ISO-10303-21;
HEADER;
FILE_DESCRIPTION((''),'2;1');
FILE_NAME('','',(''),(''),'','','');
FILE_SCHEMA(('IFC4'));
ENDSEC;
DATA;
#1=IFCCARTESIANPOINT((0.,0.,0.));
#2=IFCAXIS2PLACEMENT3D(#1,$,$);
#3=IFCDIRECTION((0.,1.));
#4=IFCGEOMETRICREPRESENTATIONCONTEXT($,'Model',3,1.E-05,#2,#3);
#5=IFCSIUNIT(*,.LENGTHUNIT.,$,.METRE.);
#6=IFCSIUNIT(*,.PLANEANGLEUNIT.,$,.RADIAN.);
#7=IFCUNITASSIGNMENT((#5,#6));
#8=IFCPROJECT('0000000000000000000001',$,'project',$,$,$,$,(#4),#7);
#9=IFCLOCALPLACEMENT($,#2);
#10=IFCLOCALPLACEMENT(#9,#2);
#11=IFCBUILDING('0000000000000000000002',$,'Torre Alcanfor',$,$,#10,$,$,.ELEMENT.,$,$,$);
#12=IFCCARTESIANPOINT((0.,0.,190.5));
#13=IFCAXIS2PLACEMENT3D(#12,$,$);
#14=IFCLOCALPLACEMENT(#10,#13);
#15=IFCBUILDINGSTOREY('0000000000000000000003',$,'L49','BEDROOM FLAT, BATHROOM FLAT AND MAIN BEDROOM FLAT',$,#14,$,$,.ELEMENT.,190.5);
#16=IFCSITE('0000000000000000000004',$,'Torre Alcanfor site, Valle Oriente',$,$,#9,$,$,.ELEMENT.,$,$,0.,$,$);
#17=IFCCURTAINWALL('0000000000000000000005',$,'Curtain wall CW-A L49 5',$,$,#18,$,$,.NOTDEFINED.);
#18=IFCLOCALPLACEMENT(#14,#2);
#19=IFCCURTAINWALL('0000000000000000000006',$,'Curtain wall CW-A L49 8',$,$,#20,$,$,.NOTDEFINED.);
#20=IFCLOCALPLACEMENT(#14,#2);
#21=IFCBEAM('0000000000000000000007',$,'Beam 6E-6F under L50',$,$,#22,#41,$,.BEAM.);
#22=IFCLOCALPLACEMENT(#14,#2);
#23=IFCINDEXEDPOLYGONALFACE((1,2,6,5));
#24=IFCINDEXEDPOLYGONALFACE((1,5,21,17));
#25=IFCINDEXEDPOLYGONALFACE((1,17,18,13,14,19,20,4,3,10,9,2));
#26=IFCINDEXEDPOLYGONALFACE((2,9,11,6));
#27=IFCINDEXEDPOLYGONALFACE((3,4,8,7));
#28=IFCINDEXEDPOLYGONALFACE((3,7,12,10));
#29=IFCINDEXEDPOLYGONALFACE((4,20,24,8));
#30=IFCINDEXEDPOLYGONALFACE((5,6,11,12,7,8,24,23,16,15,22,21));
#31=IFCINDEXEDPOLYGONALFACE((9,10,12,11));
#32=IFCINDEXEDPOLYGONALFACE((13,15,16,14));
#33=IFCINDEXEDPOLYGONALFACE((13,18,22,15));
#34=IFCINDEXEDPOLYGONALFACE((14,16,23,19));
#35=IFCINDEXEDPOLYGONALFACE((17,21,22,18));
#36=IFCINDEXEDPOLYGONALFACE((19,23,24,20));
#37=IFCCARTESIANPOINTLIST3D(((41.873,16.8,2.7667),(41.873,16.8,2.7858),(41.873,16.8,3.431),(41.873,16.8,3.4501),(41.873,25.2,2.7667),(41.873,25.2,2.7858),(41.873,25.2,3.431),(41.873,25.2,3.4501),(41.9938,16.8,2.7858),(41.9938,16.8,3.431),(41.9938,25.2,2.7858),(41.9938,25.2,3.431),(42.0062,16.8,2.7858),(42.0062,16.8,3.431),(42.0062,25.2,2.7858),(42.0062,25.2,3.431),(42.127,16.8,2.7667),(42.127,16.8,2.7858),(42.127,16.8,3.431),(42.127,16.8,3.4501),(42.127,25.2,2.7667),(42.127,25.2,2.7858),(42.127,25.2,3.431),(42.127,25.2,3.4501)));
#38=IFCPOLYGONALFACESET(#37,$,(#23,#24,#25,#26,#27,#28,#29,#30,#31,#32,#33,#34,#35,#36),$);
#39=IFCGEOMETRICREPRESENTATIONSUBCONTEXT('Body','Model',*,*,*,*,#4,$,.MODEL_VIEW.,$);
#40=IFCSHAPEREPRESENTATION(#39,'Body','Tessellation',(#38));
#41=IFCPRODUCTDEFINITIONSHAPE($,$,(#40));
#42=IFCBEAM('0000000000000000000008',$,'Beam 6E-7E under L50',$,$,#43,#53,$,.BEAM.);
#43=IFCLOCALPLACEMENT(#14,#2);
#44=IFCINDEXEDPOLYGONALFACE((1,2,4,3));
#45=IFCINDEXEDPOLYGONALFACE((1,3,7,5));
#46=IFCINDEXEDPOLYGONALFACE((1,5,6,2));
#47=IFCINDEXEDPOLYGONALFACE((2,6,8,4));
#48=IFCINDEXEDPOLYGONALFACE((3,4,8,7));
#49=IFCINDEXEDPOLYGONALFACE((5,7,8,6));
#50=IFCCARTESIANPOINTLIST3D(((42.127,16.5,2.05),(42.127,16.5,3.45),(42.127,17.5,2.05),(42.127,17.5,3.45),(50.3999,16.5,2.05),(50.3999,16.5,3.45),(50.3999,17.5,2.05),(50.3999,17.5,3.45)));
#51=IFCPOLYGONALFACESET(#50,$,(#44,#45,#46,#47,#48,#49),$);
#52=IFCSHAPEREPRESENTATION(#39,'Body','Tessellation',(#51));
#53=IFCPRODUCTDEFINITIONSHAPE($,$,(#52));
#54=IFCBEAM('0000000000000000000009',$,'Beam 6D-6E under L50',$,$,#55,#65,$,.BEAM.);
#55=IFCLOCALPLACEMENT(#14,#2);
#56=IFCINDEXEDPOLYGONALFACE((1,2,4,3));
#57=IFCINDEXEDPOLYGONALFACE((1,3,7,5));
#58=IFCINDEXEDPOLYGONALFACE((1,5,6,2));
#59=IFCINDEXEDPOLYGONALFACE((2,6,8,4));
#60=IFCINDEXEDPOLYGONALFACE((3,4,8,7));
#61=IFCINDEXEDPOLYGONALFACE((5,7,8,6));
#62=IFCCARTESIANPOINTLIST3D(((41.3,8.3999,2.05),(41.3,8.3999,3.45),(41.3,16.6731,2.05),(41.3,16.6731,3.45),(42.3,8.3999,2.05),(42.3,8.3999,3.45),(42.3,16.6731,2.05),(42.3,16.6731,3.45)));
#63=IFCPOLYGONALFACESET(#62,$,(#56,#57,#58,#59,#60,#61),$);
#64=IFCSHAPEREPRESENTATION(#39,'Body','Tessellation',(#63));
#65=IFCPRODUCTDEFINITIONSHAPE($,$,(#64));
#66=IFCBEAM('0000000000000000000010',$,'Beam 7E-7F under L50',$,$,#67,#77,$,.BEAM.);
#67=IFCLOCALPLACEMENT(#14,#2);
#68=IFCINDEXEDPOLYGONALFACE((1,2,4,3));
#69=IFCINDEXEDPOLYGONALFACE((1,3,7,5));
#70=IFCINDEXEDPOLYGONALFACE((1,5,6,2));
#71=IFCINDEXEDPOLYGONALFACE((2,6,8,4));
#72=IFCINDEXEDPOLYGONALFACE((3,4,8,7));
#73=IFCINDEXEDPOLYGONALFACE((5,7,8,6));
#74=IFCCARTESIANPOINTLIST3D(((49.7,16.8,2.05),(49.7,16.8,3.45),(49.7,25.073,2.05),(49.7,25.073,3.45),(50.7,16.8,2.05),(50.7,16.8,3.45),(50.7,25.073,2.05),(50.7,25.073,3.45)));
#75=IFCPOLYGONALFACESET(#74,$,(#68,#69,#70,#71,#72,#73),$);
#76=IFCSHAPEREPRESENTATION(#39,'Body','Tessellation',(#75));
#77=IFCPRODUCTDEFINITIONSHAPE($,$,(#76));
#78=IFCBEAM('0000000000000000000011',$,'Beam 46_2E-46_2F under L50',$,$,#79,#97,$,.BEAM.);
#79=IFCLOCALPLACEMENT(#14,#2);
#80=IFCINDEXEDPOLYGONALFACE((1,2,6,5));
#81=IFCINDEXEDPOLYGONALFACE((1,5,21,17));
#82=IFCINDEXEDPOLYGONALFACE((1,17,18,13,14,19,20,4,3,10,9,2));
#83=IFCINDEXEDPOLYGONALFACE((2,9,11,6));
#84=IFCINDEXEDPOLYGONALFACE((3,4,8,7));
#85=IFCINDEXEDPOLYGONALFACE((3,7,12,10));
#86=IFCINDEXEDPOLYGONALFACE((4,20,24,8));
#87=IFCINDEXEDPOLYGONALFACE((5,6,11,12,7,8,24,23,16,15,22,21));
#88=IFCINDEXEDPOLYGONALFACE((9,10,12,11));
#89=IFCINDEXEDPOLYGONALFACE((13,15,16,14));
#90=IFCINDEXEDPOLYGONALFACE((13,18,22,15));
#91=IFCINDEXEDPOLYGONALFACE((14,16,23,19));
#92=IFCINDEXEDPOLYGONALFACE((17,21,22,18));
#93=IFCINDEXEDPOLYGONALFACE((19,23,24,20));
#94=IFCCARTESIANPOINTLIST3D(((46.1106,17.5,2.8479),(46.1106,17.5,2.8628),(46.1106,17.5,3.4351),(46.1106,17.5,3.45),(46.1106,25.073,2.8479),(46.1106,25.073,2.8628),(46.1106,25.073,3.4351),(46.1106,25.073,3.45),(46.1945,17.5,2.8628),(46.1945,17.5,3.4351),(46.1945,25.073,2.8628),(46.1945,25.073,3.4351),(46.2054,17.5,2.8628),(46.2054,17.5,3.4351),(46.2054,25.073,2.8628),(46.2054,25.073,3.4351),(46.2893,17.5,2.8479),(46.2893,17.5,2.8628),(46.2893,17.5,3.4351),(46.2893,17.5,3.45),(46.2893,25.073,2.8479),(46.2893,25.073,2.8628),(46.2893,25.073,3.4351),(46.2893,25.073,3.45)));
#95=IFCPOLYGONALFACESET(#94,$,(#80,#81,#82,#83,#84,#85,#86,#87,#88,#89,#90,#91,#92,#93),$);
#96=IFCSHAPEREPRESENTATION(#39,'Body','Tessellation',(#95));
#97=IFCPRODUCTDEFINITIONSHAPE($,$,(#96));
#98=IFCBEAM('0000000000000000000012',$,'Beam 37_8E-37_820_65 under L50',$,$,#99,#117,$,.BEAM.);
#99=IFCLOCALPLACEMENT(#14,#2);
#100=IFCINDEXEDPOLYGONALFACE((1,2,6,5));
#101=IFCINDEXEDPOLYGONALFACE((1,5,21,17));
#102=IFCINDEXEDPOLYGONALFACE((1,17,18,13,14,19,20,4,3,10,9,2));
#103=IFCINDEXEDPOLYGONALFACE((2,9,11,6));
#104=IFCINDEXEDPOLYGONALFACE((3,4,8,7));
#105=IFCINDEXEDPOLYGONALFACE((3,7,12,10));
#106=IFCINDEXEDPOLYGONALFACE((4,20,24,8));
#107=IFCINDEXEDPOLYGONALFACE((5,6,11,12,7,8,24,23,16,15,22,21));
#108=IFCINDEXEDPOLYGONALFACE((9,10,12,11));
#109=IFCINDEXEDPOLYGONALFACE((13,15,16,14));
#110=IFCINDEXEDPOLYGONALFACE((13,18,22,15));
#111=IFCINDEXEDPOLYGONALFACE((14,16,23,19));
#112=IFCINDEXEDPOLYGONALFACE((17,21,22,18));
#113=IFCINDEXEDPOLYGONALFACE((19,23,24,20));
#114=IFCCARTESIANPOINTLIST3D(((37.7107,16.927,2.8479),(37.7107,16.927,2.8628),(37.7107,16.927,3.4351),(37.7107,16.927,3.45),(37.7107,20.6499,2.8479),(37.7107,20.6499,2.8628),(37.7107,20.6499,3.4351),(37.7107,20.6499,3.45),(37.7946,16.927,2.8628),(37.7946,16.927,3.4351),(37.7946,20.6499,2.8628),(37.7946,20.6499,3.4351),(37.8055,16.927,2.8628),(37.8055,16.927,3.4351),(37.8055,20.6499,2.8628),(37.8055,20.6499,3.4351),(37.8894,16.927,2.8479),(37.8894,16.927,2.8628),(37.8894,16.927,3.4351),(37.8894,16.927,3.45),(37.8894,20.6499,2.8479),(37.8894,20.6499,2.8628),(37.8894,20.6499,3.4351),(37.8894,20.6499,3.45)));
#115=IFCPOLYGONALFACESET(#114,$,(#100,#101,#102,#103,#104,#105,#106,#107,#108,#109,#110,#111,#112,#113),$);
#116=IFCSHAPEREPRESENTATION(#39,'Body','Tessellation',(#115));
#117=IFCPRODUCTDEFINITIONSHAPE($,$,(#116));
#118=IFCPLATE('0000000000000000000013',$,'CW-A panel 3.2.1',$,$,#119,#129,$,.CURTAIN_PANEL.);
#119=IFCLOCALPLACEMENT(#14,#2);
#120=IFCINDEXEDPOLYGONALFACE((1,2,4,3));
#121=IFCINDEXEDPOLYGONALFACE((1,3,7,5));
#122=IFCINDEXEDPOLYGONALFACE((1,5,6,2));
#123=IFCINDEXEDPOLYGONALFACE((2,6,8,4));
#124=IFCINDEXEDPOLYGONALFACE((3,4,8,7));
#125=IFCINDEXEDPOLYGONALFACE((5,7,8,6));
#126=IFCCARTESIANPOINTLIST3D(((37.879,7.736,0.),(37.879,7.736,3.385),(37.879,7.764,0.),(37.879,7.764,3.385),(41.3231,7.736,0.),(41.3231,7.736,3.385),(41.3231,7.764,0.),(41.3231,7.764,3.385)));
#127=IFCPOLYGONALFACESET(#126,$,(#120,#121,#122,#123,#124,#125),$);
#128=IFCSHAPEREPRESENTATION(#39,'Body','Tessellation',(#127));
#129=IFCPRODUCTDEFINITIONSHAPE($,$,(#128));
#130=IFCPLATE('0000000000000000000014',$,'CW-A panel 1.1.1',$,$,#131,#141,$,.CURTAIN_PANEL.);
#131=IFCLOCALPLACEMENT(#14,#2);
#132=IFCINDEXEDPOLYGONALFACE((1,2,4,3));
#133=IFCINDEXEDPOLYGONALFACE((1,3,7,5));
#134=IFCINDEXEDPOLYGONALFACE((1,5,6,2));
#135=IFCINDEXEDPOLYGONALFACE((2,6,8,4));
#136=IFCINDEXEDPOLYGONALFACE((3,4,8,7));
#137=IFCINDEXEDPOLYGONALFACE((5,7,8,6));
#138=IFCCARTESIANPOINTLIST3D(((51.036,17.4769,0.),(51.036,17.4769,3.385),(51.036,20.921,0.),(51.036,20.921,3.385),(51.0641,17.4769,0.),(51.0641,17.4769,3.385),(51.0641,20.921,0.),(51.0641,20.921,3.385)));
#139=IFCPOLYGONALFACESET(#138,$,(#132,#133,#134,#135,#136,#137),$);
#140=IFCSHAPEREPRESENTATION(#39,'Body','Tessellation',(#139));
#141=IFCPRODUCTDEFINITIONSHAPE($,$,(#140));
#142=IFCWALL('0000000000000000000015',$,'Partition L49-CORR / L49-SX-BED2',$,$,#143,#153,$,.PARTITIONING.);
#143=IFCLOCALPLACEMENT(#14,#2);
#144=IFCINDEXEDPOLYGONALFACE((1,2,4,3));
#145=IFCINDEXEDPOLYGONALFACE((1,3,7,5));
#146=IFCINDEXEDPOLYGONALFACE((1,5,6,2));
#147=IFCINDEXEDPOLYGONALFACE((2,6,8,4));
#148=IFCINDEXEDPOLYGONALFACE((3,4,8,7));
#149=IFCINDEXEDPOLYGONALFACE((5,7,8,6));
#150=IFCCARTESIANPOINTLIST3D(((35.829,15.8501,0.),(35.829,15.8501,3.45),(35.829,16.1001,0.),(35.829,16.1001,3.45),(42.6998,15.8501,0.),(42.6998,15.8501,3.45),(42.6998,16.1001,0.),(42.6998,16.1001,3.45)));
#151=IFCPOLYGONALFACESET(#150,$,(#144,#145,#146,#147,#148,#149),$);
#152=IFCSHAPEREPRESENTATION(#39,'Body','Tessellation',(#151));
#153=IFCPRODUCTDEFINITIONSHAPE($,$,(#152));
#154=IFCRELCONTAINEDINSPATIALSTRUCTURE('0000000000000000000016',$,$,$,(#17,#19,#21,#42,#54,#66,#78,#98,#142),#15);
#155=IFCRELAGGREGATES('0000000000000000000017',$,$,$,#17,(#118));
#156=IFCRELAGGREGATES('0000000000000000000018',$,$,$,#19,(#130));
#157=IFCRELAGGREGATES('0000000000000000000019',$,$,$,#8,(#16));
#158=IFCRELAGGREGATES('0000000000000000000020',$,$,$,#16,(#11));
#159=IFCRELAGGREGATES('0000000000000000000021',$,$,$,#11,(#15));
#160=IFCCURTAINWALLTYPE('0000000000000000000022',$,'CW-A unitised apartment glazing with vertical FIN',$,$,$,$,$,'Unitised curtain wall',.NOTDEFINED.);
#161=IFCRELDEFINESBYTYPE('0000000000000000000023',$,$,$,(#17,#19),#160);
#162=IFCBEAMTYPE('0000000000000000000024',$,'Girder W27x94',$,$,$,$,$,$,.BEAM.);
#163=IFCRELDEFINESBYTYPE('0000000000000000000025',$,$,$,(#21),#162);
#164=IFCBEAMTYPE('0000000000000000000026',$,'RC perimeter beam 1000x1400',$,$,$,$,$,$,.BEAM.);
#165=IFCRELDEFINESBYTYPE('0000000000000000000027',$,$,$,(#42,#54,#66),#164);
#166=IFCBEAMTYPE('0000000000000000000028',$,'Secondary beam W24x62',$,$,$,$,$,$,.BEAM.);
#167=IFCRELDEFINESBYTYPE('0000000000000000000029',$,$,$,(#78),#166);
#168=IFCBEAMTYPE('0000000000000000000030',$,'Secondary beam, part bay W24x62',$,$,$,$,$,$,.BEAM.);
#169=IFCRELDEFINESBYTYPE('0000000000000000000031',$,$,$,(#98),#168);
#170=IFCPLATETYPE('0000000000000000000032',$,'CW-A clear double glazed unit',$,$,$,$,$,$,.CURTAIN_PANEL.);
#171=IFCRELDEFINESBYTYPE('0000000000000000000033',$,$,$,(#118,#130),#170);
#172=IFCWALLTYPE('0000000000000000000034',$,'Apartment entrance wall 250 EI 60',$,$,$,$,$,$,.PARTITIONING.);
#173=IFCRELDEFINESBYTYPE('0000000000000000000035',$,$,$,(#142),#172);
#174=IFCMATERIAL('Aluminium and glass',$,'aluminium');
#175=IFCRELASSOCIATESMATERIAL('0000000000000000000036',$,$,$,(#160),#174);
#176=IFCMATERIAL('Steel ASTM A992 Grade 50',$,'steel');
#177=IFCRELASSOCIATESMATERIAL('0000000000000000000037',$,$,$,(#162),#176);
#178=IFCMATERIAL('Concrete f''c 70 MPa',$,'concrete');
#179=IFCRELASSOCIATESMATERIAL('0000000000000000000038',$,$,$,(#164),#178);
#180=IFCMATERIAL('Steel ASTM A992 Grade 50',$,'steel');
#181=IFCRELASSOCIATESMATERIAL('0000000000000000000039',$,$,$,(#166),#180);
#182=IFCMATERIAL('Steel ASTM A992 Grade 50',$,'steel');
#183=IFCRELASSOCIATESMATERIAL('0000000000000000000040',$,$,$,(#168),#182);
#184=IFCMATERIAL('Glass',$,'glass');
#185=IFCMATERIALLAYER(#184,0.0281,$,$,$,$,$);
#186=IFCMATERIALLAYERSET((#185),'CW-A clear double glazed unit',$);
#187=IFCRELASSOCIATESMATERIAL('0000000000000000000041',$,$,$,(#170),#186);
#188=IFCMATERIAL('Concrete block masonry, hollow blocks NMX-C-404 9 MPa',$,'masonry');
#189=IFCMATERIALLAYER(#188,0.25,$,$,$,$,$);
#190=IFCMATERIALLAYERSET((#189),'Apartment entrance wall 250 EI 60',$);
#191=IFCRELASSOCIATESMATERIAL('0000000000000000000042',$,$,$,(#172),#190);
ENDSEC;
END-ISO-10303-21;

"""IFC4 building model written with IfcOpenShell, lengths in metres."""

from ifc_helpers import new_model, si_unit, direction, frame, frame_2d, origin, origin_2d, place, context, subcontext, project, spatial, rectangle, i_section, extrude, material, layer, layer_set, material_profile, profile_set, type_object, element, aggregate, save


model = new_model("IFC4")

# Units and contexts
model_context = context("Model", 3, precision=1e-05, world=origin(), true_north=direction((0.0, 1.0)))
body_context = subcontext(model_context, "Body", "Model", "MODEL_VIEW")
ifc_project = project(units=[si_unit("LENGTHUNIT", "METRE"), si_unit("PLANEANGLEUNIT", "RADIAN")], contexts=[model_context])

# Site, building, storey
site_placement = place(None, origin())
site = spatial("IfcSite", under=ifc_project, at=site_placement, Name="Torre Alcanfor site, Valle Oriente", CompositionType="ELEMENT", RefElevation=0.0)
building_placement = place(site_placement, origin())
building = spatial("IfcBuilding", under=site, at=building_placement, Name="Torre Alcanfor", CompositionType="ELEMENT")
storey_placement = place(building_placement, frame((0.0, 0.0, 190.5)))
storey = spatial("IfcBuildingStorey", under=building, at=storey_placement, Name="L49", Description="BEDROOM FLAT, BATHROOM FLAT AND MAIN BEDROOM FLAT", CompositionType="ELEMENT", Elevation=190.5)

# Curtain wall
ifc_material_1 = material(Name="Aluminium and glass", Category="aluminium")
curtain_wall_type = type_object("IfcCurtainWallType", Name="CW-A unitised apartment glazing with vertical FIN", ElementType="Unitised curtain wall", PredefinedType="NOTDEFINED", material=ifc_material_1)
curtain_wall_1_placement = place(storey_placement, origin())
curtain_wall_1 = element("IfcCurtainWall", 1, at=curtain_wall_1_placement, inside=storey, type_object=curtain_wall_type, Name="Curtain wall CW-A L49 5", PredefinedType="NOTDEFINED")

# Curtain wall
curtain_wall_2_placement = place(storey_placement, origin())
curtain_wall_2 = element("IfcCurtainWall", 2, at=curtain_wall_2_placement, inside=storey, type_object=curtain_wall_type, Name="Curtain wall CW-A L49 8", PredefinedType="NOTDEFINED")

# Beams
ifc_material_2 = material(Name="Steel ASTM A992 Grade 50", Category="steel")
ifc_material_profile_1 = material_profile(ifc_material_2, i_section(OverallWidth=0.2539, OverallDepth=0.6833, WebThickness=0.0125, FlangeThickness=0.019, at=origin_2d()), Name="W27x94")
ifc_profile_set_1 = profile_set([ifc_material_profile_1], Name="Steel ASTM A992 Grade 50")
beam_type_1 = type_object("IfcBeamType", Name="Girder W27x94", PredefinedType="BEAM", material=ifc_profile_set_1)
beam_1_placement = place(storey_placement, frame((42.0, 16.8, 3.1084), z_axis=(0.0, 1.0, 0.0), x_axis=(-1.0, 0.0, 0.0)))
element("IfcBeam", 3, at=beam_1_placement, inside=storey, type_object=beam_type_1, Name="Beam 6E-6F under L50", PredefinedType="BEAM", context=body_context, shape_type="SweptSolid", body=[
    extrude(i_section(OverallWidth=0.2539, OverallDepth=0.6833, WebThickness=0.0125, FlangeThickness=0.019, at=origin_2d()), origin(), (0.0, 0.0, 1.0), 8.3999),
])
ifc_material_3 = material(Name="Concrete f'c 70 MPa", Category="concrete")
ifc_material_profile_2 = material_profile(ifc_material_3, rectangle(XDim=1.0, YDim=1.3999, at=origin_2d()), Name="1000x1400")
ifc_profile_set_2 = profile_set([ifc_material_profile_2], Name="Concrete f'c 70 MPa")
beam_type_2 = type_object("IfcBeamType", Name="RC perimeter beam 1000x1400", PredefinedType="BEAM", material=ifc_profile_set_2)
beam_2_placement = place(storey_placement, frame((42.127, 17.0, 2.75), z_axis=(1.0, 0.0, 0.0), x_axis=(0.0, 1.0, 0.0)))
element("IfcBeam", 4, at=beam_2_placement, inside=storey, type_object=beam_type_2, Name="Beam 6E-7E under L50", PredefinedType="BEAM", context=body_context, shape_type="SweptSolid", body=[
    extrude(rectangle(XDim=1.0, YDim=1.3999, at=origin_2d()), origin(), (0.0, 0.0, 1.0), 8.2729),
])
beam_3_placement = place(storey_placement, frame((41.8, 8.3999, 2.75), z_axis=(0.0, 1.0, 0.0), x_axis=(-1.0, 0.0, 0.0)))
element("IfcBeam", 5, at=beam_3_placement, inside=storey, type_object=beam_type_2, Name="Beam 6D-6E under L50", PredefinedType="BEAM", context=body_context, shape_type="SweptSolid", body=[
    extrude(rectangle(XDim=1.0, YDim=1.3999, at=origin_2d()), origin(), (0.0, 0.0, 1.0), 8.2732),
])
beam_4_placement = place(storey_placement, frame((50.2, 16.8, 2.75), z_axis=(0.0, 1.0, 0.0), x_axis=(-1.0, 0.0, 0.0)))
element("IfcBeam", 6, at=beam_4_placement, inside=storey, type_object=beam_type_2, Name="Beam 7E-7F under L50", PredefinedType="BEAM", context=body_context, shape_type="SweptSolid", body=[
    extrude(rectangle(XDim=1.0, YDim=1.3999, at=origin_2d()), origin(), (0.0, 0.0, 1.0), 8.2729),
])
ifc_material_4 = material(Name="Steel ASTM A992 Grade 50", Category="steel")
ifc_material_profile_3 = material_profile(ifc_material_4, i_section(OverallWidth=0.1787, OverallDepth=0.6021, WebThickness=0.011, FlangeThickness=0.0149, at=origin_2d()), Name="W24x62")
ifc_profile_set_3 = profile_set([ifc_material_profile_3], Name="Steel ASTM A992 Grade 50")
beam_type_3 = type_object("IfcBeamType", Name="Secondary beam W24x62", PredefinedType="BEAM", material=ifc_profile_set_3)
beam_5_placement = place(storey_placement, frame((46.2, 17.5, 3.1489), z_axis=(0.0, 1.0, 0.0), x_axis=(-1.0, 0.0, 0.0)))
element("IfcBeam", 7, at=beam_5_placement, inside=storey, type_object=beam_type_3, Name="Beam 46_2E-46_2F under L50", PredefinedType="BEAM", context=body_context, shape_type="SweptSolid", body=[
    extrude(i_section(OverallWidth=0.1787, OverallDepth=0.6021, WebThickness=0.011, FlangeThickness=0.0149, at=origin_2d()), origin(), (0.0, 0.0, 1.0), 7.573),
])
ifc_material_5 = material(Name="Steel ASTM A992 Grade 50", Category="steel")
ifc_material_profile_4 = material_profile(ifc_material_5, i_section(OverallWidth=0.1787, OverallDepth=0.6021, WebThickness=0.011, FlangeThickness=0.0149, at=origin_2d()), Name="W24x62")
ifc_profile_set_4 = profile_set([ifc_material_profile_4], Name="Steel ASTM A992 Grade 50")
beam_type_4 = type_object("IfcBeamType", Name="Secondary beam, part bay W24x62", PredefinedType="BEAM", material=ifc_profile_set_4)
beam_6_placement = place(storey_placement, frame((37.8, 16.927, 3.1489), z_axis=(0.0, 1.0, 0.0), x_axis=(-1.0, 0.0, 0.0)))
element("IfcBeam", 8, at=beam_6_placement, inside=storey, type_object=beam_type_4, Name="Beam 37_8E-37_820_65 under L50", PredefinedType="BEAM", context=body_context, shape_type="SweptSolid", body=[
    extrude(i_section(OverallWidth=0.1787, OverallDepth=0.6021, WebThickness=0.011, FlangeThickness=0.0149, at=origin_2d()), origin(), (0.0, 0.0, 1.0), 3.7229),
])

# Plates
ifc_material_6 = material(Name="Glass", Category="glass")
ifc_layer_1 = layer(ifc_material_6, 0.0281)
ifc_layer_set_1 = layer_set([ifc_layer_1], Name="CW-A clear double glazed unit")
plate_type = type_object("IfcPlateType", Name="CW-A clear double glazed unit", PredefinedType="CURTAIN_PANEL", material=ifc_layer_set_1)
plate_1_placement = place(storey_placement, frame((39.6011, 7.75, 0.0), z_axis=(0.0, 0.0, 1.0), x_axis=(1.0, 0.0, 0.0)))
plate_1 = element("IfcPlate", 9, at=plate_1_placement, type_object=plate_type, Name="CW-A panel 3.2.1", PredefinedType="CURTAIN_PANEL", context=body_context, shape_type="SweptSolid", body=[
    extrude(rectangle(XDim=3.4441, YDim=0.0281, at=origin_2d()), origin(), (0.0, 0.0, 1.0), 3.385),
])
aggregate(curtain_wall_1, [plate_1])
plate_2_placement = place(storey_placement, frame((51.05, 19.199, 0.0), z_axis=(0.0, 0.0, 1.0), x_axis=(0.0, 1.0, 0.0)))
plate_2 = element("IfcPlate", 10, at=plate_2_placement, type_object=plate_type, Name="CW-A panel 1.1.1", PredefinedType="CURTAIN_PANEL", context=body_context, shape_type="SweptSolid", body=[
    extrude(rectangle(XDim=3.4441, YDim=0.0281, at=origin_2d()), origin(), (0.0, 0.0, 1.0), 3.385),
])
aggregate(curtain_wall_2, [plate_2])

# Wall
ifc_material_7 = material(Name="Concrete block masonry, hollow blocks NMX-C-404 9 MPa", Category="masonry")
ifc_layer_2 = layer(ifc_material_7, 0.25)
ifc_layer_set_2 = layer_set([ifc_layer_2], Name="Apartment entrance wall 250 EI 60")
wall_type_1 = type_object("IfcWallType", Name="Apartment entrance wall 250 EI 60", PredefinedType="PARTITIONING", material=ifc_layer_set_2)
wall_1_placement = place(storey_placement, frame((42.7, 15.9751, 0.0), z_axis=(0.0, 0.0, 1.0), x_axis=(-1.0, 0.0, 0.0)))
element("IfcWall", 11, at=wall_1_placement, inside=storey, type_object=wall_type_1, Name="Partition L49-CORR / L49-SX-BED2", PredefinedType="PARTITIONING", context=body_context, shape_type="SweptSolid", body=[
    extrude(rectangle(XDim=6.8708, YDim=0.25, at=frame_2d((3.4355, 0.0))), origin(), (0.0, 0.0, 1.0), 3.45),
])

save(model, "model.ifc")
